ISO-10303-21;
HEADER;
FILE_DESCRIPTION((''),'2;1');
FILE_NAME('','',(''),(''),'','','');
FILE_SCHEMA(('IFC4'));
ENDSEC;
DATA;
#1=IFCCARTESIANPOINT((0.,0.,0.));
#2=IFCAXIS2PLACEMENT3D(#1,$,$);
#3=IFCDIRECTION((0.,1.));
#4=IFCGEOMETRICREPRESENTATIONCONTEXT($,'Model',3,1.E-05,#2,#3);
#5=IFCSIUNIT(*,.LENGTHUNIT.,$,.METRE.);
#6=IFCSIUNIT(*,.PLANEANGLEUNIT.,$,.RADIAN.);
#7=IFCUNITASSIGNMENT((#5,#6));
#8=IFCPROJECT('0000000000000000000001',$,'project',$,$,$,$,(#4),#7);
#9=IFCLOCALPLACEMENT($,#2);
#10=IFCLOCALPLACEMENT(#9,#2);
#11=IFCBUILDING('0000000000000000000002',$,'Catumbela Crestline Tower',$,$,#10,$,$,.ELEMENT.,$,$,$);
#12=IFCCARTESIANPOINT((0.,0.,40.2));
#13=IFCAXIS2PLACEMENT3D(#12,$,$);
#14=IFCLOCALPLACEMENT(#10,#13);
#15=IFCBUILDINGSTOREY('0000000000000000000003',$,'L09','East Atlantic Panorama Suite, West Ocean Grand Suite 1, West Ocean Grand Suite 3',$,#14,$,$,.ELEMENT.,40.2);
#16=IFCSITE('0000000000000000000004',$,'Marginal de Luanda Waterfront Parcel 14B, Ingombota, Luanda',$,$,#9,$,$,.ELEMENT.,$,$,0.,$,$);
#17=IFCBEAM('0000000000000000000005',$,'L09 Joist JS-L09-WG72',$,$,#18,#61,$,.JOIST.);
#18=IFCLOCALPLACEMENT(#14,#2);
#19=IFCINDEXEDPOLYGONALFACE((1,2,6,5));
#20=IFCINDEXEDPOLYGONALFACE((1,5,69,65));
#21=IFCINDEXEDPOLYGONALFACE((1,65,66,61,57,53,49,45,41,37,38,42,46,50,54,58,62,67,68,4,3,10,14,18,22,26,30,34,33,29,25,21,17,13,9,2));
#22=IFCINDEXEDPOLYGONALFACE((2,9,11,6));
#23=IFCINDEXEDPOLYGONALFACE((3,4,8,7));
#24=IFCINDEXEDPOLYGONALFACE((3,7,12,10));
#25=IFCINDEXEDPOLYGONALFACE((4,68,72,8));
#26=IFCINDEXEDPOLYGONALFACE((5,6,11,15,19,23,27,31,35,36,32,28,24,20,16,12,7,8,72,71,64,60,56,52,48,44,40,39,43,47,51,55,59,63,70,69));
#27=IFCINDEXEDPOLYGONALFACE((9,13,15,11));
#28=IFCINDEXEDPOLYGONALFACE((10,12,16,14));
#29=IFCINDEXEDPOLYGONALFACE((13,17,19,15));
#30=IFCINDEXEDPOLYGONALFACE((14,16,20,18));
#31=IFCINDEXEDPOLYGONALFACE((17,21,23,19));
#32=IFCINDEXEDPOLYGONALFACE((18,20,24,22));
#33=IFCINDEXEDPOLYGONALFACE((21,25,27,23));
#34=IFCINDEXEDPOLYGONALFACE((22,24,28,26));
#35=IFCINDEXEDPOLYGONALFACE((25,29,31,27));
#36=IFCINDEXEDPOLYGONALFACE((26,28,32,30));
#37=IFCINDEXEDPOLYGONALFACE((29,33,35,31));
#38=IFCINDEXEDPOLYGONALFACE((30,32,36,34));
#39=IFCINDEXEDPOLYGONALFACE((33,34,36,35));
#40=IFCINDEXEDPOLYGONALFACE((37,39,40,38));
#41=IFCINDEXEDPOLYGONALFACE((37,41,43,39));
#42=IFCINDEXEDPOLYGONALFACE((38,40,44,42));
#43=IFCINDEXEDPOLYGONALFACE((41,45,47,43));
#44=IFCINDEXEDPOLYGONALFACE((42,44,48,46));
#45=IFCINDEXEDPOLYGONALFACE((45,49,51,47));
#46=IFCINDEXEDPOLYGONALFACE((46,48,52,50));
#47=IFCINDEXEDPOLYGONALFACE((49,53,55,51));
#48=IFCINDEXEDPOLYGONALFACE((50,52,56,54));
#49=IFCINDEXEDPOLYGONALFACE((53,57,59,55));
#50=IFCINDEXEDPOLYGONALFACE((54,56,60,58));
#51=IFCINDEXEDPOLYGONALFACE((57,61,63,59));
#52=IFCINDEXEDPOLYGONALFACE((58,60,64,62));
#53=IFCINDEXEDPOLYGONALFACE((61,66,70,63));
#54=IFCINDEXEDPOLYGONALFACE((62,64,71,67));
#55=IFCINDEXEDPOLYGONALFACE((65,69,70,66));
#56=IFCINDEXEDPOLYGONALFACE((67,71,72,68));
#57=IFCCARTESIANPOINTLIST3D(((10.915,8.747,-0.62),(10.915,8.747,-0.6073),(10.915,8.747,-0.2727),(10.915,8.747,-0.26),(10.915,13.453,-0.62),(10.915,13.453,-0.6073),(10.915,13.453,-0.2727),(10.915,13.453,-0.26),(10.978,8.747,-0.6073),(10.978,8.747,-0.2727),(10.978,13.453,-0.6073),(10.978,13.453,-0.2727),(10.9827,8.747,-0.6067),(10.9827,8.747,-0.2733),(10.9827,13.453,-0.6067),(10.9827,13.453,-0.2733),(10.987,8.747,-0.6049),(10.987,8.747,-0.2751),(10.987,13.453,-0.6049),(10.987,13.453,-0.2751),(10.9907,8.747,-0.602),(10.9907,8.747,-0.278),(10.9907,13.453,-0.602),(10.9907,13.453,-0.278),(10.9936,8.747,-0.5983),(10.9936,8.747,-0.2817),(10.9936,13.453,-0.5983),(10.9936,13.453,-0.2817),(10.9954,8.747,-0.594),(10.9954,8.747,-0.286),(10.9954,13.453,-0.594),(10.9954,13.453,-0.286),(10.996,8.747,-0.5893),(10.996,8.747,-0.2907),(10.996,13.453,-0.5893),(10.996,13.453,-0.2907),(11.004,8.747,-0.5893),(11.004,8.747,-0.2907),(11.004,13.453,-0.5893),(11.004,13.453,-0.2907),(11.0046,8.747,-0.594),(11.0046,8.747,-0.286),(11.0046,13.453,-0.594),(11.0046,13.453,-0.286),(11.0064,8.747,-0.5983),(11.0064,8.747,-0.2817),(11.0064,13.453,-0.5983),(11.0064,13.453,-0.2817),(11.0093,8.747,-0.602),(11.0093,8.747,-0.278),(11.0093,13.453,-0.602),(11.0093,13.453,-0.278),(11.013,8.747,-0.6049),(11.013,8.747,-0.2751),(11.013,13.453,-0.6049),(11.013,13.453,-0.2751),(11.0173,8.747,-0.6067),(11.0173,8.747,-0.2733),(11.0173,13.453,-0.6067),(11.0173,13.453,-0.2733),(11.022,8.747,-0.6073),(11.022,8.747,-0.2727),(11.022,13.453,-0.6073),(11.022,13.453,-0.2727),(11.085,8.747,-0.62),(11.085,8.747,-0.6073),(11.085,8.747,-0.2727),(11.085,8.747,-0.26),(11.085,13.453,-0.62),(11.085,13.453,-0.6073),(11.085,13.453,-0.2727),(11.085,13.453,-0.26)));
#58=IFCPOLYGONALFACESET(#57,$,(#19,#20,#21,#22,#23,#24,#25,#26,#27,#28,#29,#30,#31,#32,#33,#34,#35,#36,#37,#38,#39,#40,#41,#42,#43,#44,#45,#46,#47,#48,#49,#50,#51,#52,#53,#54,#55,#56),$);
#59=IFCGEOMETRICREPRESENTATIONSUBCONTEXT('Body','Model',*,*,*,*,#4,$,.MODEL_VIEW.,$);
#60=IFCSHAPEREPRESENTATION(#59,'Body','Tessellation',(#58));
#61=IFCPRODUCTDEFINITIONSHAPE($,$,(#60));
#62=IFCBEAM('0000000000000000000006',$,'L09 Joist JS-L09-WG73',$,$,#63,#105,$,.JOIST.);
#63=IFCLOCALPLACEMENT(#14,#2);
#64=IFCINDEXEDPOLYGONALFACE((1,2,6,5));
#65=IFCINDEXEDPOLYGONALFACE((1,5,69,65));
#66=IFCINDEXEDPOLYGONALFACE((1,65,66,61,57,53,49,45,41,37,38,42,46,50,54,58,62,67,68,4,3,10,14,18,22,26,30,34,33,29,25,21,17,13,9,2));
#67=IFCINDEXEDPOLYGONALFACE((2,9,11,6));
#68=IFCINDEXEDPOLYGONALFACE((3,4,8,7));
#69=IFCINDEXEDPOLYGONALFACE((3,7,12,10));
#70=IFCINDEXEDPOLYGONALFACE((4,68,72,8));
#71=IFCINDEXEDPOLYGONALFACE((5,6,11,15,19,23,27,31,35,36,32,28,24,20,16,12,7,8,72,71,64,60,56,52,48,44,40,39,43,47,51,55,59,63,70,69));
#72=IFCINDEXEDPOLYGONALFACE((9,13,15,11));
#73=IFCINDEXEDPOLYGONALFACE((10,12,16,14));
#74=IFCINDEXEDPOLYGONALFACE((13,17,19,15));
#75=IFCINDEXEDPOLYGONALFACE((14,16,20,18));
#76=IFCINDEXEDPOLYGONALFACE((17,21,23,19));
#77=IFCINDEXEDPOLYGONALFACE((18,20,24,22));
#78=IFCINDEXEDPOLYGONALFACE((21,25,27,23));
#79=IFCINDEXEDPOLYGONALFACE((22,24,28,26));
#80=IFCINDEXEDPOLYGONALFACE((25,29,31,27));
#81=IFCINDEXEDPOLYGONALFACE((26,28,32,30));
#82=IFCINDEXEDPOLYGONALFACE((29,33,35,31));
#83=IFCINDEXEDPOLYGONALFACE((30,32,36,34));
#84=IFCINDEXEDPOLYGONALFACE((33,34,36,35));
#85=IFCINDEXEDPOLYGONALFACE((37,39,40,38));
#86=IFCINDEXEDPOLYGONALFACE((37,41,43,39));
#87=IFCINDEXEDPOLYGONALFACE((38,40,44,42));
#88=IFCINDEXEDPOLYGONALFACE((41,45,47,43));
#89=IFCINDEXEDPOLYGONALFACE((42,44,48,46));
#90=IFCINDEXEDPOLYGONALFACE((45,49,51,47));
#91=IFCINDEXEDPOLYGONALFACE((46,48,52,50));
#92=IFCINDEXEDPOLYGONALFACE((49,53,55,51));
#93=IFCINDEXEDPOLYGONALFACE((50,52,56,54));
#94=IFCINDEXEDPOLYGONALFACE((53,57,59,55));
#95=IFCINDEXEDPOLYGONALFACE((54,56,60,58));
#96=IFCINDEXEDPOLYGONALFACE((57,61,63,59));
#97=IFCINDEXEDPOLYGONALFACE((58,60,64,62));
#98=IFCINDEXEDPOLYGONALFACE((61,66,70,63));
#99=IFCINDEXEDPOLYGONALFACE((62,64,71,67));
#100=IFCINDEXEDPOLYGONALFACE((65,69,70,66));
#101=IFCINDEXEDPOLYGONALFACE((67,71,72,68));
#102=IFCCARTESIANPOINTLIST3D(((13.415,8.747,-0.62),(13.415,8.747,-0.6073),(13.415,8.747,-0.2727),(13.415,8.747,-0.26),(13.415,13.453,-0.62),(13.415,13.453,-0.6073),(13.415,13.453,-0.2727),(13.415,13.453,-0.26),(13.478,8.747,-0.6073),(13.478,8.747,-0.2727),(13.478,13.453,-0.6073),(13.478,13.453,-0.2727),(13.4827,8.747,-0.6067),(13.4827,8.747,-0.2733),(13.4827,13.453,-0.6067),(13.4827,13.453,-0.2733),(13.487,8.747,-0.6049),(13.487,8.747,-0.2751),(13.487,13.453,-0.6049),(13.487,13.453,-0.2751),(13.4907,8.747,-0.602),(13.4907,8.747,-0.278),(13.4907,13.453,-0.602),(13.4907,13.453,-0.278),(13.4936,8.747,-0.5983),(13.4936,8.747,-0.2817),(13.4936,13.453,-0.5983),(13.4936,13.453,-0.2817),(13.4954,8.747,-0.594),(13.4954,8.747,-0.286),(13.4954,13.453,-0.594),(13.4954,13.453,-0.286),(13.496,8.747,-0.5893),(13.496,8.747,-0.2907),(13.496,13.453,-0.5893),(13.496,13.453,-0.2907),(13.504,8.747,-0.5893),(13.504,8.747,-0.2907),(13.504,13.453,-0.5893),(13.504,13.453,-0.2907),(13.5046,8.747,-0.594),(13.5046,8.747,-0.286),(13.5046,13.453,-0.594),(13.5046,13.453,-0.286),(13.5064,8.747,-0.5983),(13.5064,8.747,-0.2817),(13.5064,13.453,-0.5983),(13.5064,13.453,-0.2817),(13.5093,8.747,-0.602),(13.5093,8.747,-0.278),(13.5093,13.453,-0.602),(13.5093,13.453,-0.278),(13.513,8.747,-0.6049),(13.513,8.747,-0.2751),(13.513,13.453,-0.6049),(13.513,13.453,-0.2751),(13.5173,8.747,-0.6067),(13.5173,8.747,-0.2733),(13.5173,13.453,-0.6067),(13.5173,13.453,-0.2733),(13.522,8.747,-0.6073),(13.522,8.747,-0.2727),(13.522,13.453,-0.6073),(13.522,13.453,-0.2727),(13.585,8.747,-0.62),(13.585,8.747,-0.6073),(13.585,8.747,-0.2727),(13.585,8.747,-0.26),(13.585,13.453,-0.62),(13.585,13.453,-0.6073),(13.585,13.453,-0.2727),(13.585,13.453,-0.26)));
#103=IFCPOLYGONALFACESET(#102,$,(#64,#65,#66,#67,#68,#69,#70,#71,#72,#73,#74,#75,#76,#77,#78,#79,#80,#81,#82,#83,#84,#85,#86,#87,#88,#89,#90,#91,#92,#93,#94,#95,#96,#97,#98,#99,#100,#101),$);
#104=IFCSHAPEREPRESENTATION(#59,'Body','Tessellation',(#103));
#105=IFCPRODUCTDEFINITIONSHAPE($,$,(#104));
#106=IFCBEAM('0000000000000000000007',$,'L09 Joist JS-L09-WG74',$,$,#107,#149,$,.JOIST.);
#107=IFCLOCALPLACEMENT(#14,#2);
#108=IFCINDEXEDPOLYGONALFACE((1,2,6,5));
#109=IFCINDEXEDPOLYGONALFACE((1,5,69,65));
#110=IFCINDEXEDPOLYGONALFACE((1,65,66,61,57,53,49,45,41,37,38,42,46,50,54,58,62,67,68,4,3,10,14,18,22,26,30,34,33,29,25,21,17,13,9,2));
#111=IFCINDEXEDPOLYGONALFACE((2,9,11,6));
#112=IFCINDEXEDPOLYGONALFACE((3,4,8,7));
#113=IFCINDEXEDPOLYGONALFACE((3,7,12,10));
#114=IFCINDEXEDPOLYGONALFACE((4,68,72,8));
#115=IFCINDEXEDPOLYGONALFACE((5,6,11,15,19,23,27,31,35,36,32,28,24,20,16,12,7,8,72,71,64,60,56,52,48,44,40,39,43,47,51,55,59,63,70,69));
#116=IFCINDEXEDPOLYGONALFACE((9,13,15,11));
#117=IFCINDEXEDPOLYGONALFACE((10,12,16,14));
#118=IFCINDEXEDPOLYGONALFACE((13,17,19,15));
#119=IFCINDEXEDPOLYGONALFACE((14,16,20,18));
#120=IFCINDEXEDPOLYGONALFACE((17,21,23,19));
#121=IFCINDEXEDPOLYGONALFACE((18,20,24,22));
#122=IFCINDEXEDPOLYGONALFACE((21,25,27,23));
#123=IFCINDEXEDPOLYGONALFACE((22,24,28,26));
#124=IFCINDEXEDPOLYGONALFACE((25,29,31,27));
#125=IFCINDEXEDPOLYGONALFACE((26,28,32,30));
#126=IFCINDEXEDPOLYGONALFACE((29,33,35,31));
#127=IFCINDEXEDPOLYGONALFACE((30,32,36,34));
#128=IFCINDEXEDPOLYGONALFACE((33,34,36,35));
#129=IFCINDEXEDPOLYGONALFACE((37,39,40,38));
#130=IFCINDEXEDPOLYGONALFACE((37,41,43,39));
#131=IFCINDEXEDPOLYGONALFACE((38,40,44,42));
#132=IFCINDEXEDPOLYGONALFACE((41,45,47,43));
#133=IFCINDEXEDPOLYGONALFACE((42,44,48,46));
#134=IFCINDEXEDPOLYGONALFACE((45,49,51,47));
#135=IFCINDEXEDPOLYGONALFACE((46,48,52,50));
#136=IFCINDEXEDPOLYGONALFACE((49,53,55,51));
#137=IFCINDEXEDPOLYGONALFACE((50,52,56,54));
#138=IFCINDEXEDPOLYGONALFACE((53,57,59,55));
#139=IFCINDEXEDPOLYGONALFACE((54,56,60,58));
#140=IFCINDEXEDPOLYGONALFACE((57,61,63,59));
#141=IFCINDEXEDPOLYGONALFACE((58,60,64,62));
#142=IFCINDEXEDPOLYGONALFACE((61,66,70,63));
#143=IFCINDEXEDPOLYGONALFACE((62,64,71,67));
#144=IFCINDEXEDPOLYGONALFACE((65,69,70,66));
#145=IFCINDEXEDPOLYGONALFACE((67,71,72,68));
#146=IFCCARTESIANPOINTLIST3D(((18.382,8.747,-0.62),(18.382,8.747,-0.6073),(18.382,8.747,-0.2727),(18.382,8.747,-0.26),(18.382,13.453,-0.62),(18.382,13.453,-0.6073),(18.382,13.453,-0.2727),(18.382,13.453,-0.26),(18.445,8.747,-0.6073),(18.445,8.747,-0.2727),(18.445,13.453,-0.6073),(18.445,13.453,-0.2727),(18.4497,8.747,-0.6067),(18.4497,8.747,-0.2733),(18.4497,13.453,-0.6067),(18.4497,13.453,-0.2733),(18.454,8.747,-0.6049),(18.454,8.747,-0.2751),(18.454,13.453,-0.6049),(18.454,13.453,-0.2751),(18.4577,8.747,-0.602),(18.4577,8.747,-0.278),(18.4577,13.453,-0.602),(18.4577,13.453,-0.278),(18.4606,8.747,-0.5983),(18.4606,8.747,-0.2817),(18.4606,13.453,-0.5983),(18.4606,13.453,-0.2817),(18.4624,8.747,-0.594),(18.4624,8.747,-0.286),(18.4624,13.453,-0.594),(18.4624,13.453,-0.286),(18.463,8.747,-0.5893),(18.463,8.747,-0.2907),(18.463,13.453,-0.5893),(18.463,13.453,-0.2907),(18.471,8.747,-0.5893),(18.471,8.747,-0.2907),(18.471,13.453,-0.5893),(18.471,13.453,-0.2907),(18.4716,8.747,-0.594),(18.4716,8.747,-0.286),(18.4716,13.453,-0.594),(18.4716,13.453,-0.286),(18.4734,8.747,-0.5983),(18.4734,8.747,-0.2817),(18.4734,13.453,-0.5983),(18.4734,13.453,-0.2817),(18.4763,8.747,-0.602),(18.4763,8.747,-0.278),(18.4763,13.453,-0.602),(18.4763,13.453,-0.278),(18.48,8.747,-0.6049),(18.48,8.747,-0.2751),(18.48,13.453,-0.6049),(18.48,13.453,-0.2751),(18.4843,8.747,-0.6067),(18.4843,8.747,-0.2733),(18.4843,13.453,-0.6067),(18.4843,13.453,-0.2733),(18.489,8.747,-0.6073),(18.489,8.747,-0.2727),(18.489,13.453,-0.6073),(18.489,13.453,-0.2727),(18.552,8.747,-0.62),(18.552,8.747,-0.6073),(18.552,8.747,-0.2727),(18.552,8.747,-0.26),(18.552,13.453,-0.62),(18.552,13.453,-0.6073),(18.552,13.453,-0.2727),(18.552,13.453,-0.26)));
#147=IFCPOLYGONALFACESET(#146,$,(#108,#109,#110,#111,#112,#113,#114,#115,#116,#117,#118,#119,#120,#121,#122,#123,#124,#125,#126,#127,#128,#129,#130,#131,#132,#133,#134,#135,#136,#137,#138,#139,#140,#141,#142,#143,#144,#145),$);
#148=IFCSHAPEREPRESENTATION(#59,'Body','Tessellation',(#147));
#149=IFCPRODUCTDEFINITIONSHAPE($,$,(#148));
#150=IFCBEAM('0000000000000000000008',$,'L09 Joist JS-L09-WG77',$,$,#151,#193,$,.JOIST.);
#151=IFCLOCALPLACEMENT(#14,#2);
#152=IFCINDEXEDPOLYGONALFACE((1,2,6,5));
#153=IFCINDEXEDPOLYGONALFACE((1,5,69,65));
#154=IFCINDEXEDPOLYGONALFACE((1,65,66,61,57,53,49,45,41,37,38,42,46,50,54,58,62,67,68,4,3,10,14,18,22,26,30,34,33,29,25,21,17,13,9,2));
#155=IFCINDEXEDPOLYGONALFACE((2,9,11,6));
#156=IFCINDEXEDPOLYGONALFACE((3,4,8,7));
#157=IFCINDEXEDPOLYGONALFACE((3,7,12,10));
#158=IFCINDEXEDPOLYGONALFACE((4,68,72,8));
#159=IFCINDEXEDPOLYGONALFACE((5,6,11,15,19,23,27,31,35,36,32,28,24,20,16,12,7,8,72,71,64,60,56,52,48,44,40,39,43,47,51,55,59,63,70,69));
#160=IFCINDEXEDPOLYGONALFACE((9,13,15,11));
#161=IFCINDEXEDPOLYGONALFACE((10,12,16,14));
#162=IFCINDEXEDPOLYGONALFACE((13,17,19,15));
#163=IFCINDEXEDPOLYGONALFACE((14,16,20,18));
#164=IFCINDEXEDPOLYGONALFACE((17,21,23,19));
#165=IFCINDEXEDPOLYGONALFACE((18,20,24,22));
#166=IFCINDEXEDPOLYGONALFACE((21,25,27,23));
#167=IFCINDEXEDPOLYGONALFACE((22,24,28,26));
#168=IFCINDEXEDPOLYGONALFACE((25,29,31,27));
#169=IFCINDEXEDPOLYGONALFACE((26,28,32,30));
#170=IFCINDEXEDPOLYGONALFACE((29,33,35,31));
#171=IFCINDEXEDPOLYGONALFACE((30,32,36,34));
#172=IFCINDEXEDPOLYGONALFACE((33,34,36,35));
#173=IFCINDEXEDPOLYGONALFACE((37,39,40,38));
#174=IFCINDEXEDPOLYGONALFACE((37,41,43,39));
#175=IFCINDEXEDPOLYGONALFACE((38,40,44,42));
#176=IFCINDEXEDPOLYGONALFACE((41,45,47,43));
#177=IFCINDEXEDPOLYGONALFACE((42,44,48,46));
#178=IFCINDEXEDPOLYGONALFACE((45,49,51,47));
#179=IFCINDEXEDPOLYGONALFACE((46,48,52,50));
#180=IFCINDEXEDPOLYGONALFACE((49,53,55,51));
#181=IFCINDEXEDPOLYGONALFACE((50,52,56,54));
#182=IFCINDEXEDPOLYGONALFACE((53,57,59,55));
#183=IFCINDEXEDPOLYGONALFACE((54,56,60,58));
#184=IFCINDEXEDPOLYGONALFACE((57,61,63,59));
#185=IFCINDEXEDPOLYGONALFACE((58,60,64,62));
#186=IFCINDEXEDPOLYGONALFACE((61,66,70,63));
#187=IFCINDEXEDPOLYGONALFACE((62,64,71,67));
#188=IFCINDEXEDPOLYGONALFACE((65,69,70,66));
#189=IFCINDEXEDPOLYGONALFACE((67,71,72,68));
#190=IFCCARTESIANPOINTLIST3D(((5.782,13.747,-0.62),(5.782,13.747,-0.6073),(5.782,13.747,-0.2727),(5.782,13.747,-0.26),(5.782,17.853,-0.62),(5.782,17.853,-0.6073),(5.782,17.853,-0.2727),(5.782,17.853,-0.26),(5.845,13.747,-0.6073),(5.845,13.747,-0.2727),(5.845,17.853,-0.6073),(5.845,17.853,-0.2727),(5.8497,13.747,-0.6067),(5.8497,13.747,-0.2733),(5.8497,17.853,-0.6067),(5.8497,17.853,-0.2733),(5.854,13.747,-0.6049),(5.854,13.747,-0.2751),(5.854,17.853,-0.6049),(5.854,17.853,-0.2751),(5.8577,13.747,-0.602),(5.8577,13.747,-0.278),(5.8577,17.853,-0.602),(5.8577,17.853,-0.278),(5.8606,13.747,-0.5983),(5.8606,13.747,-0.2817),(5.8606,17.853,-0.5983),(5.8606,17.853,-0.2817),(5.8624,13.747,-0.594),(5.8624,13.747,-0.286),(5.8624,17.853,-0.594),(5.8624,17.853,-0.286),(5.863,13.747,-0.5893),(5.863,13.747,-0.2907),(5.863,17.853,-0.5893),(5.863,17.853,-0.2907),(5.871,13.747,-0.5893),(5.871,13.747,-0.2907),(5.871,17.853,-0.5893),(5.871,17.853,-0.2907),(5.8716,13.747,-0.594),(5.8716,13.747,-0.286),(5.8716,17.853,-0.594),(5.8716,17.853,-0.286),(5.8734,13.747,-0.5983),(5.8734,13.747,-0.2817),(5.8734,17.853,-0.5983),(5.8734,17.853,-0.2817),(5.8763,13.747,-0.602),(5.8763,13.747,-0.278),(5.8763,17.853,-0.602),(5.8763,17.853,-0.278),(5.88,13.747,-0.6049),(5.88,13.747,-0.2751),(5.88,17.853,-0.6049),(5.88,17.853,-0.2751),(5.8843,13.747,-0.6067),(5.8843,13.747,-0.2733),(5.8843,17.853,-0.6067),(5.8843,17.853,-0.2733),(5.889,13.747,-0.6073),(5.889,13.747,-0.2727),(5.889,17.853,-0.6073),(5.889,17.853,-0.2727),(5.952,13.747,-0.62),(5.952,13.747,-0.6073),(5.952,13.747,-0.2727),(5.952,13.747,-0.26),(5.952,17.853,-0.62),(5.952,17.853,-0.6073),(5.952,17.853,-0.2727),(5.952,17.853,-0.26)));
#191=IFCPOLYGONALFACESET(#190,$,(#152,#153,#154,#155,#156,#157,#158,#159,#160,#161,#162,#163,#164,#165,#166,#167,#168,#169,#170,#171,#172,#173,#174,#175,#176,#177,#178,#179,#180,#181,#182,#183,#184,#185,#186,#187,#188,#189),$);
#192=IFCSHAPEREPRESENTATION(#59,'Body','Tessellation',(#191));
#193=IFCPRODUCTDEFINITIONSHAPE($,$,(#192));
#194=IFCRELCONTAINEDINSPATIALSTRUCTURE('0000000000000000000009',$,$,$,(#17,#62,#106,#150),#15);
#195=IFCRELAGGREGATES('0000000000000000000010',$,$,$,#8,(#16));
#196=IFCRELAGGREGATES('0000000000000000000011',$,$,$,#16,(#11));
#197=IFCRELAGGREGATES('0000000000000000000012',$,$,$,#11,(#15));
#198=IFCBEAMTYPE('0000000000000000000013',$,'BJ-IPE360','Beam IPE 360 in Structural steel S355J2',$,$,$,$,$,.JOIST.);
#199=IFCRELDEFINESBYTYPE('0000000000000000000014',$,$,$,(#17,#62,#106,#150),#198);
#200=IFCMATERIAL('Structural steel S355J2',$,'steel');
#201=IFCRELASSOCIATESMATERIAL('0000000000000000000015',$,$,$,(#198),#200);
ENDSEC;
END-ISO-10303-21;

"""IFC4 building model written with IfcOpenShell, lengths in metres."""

from ifc_helpers import new_model, si_unit, direction, frame, origin, origin_2d, place, context, subcontext, project, spatial, i_section, extrude, material, material_profile, profile_set, type_object, element, save


model = new_model("IFC4")

# Units and contexts
model_context = context("Model", 3, precision=1e-05, world=origin(), true_north=direction((0.0, 1.0)))
body_context = subcontext(model_context, "Body", "Model", "MODEL_VIEW")
ifc_project = project(units=[si_unit("LENGTHUNIT", "METRE"), si_unit("PLANEANGLEUNIT", "RADIAN")], contexts=[model_context])

# Site, building, storey
site_placement = place(None, origin())
site = spatial("IfcSite", under=ifc_project, at=site_placement, Name="Marginal de Luanda Waterfront Parcel 14B, Ingombota, Luanda", CompositionType="ELEMENT", RefElevation=0.0)
building_placement = place(site_placement, origin())
building = spatial("IfcBuilding", under=site, at=building_placement, Name="Catumbela Crestline Tower", CompositionType="ELEMENT")
storey_placement = place(building_placement, frame((0.0, 0.0, 40.2)))
storey = spatial("IfcBuildingStorey", under=building, at=storey_placement, Name="L09", Description="East Atlantic Panorama Suite, West Ocean Grand Suite 1, West Ocean Grand Suite 3", CompositionType="ELEMENT", Elevation=40.2)

# Beams
ifc_material_1 = material(Name="Structural steel S355J2", Category="steel")
ifc_material_profile_1 = material_profile(ifc_material_1, i_section(OverallWidth=0.17, OverallDepth=0.36, WebThickness=0.008, FlangeThickness=0.0127, FilletRadius=0.018, at=origin_2d()), Name="IPE 360")
ifc_profile_set_1 = profile_set([ifc_material_profile_1], Name="Structural steel S355J2")
beam_type_1 = type_object("IfcBeamType", Name="BJ-IPE360", Description="Beam IPE 360 in Structural steel S355J2", PredefinedType="JOIST", material=ifc_profile_set_1)
for number, where, z_axis, x_axis, name in (
    (1, (11.0, 8.747, -0.44), (0.0, 1.0, 0.0), (-1.0, 0.0, 0.0), "L09 Joist JS-L09-WG72"),
    (2, (13.5, 8.747, -0.44), (0.0, 1.0, 0.0), (-1.0, 0.0, 0.0), "L09 Joist JS-L09-WG73"),
    (3, (18.467, 8.747, -0.44), (0.0, 1.0, 0.0), (-1.0, 0.0, 0.0), "L09 Joist JS-L09-WG74"),
):
    element("IfcBeam", number, at=place(storey_placement, frame(where, z_axis=z_axis, x_axis=x_axis)), inside=storey, type_object=beam_type_1, Name=name, PredefinedType="JOIST", context=body_context, shape_type="SweptSolid", body=[
        extrude(i_section(OverallWidth=0.17, OverallDepth=0.36, WebThickness=0.008, FlangeThickness=0.0127, FilletRadius=0.018, at=origin_2d()), origin(), (0.0, 0.0, 1.0), 4.706),
    ])
for number, where, z_axis, x_axis, name in (
    (4, (5.867, 13.747, -0.44), (0.0, 1.0, 0.0), (-1.0, 0.0, 0.0), "L09 Joist JS-L09-WG77"),
):
    element("IfcBeam", number, at=place(storey_placement, frame(where, z_axis=z_axis, x_axis=x_axis)), inside=storey, type_object=beam_type_1, Name=name, PredefinedType="JOIST", context=body_context, shape_type="SweptSolid", body=[
        extrude(i_section(OverallWidth=0.17, OverallDepth=0.36, WebThickness=0.008, FlangeThickness=0.0127, FilletRadius=0.018, at=origin_2d()), origin(), (0.0, 0.0, 1.0), 4.106),
    ])

save(model, "model.ifc")
